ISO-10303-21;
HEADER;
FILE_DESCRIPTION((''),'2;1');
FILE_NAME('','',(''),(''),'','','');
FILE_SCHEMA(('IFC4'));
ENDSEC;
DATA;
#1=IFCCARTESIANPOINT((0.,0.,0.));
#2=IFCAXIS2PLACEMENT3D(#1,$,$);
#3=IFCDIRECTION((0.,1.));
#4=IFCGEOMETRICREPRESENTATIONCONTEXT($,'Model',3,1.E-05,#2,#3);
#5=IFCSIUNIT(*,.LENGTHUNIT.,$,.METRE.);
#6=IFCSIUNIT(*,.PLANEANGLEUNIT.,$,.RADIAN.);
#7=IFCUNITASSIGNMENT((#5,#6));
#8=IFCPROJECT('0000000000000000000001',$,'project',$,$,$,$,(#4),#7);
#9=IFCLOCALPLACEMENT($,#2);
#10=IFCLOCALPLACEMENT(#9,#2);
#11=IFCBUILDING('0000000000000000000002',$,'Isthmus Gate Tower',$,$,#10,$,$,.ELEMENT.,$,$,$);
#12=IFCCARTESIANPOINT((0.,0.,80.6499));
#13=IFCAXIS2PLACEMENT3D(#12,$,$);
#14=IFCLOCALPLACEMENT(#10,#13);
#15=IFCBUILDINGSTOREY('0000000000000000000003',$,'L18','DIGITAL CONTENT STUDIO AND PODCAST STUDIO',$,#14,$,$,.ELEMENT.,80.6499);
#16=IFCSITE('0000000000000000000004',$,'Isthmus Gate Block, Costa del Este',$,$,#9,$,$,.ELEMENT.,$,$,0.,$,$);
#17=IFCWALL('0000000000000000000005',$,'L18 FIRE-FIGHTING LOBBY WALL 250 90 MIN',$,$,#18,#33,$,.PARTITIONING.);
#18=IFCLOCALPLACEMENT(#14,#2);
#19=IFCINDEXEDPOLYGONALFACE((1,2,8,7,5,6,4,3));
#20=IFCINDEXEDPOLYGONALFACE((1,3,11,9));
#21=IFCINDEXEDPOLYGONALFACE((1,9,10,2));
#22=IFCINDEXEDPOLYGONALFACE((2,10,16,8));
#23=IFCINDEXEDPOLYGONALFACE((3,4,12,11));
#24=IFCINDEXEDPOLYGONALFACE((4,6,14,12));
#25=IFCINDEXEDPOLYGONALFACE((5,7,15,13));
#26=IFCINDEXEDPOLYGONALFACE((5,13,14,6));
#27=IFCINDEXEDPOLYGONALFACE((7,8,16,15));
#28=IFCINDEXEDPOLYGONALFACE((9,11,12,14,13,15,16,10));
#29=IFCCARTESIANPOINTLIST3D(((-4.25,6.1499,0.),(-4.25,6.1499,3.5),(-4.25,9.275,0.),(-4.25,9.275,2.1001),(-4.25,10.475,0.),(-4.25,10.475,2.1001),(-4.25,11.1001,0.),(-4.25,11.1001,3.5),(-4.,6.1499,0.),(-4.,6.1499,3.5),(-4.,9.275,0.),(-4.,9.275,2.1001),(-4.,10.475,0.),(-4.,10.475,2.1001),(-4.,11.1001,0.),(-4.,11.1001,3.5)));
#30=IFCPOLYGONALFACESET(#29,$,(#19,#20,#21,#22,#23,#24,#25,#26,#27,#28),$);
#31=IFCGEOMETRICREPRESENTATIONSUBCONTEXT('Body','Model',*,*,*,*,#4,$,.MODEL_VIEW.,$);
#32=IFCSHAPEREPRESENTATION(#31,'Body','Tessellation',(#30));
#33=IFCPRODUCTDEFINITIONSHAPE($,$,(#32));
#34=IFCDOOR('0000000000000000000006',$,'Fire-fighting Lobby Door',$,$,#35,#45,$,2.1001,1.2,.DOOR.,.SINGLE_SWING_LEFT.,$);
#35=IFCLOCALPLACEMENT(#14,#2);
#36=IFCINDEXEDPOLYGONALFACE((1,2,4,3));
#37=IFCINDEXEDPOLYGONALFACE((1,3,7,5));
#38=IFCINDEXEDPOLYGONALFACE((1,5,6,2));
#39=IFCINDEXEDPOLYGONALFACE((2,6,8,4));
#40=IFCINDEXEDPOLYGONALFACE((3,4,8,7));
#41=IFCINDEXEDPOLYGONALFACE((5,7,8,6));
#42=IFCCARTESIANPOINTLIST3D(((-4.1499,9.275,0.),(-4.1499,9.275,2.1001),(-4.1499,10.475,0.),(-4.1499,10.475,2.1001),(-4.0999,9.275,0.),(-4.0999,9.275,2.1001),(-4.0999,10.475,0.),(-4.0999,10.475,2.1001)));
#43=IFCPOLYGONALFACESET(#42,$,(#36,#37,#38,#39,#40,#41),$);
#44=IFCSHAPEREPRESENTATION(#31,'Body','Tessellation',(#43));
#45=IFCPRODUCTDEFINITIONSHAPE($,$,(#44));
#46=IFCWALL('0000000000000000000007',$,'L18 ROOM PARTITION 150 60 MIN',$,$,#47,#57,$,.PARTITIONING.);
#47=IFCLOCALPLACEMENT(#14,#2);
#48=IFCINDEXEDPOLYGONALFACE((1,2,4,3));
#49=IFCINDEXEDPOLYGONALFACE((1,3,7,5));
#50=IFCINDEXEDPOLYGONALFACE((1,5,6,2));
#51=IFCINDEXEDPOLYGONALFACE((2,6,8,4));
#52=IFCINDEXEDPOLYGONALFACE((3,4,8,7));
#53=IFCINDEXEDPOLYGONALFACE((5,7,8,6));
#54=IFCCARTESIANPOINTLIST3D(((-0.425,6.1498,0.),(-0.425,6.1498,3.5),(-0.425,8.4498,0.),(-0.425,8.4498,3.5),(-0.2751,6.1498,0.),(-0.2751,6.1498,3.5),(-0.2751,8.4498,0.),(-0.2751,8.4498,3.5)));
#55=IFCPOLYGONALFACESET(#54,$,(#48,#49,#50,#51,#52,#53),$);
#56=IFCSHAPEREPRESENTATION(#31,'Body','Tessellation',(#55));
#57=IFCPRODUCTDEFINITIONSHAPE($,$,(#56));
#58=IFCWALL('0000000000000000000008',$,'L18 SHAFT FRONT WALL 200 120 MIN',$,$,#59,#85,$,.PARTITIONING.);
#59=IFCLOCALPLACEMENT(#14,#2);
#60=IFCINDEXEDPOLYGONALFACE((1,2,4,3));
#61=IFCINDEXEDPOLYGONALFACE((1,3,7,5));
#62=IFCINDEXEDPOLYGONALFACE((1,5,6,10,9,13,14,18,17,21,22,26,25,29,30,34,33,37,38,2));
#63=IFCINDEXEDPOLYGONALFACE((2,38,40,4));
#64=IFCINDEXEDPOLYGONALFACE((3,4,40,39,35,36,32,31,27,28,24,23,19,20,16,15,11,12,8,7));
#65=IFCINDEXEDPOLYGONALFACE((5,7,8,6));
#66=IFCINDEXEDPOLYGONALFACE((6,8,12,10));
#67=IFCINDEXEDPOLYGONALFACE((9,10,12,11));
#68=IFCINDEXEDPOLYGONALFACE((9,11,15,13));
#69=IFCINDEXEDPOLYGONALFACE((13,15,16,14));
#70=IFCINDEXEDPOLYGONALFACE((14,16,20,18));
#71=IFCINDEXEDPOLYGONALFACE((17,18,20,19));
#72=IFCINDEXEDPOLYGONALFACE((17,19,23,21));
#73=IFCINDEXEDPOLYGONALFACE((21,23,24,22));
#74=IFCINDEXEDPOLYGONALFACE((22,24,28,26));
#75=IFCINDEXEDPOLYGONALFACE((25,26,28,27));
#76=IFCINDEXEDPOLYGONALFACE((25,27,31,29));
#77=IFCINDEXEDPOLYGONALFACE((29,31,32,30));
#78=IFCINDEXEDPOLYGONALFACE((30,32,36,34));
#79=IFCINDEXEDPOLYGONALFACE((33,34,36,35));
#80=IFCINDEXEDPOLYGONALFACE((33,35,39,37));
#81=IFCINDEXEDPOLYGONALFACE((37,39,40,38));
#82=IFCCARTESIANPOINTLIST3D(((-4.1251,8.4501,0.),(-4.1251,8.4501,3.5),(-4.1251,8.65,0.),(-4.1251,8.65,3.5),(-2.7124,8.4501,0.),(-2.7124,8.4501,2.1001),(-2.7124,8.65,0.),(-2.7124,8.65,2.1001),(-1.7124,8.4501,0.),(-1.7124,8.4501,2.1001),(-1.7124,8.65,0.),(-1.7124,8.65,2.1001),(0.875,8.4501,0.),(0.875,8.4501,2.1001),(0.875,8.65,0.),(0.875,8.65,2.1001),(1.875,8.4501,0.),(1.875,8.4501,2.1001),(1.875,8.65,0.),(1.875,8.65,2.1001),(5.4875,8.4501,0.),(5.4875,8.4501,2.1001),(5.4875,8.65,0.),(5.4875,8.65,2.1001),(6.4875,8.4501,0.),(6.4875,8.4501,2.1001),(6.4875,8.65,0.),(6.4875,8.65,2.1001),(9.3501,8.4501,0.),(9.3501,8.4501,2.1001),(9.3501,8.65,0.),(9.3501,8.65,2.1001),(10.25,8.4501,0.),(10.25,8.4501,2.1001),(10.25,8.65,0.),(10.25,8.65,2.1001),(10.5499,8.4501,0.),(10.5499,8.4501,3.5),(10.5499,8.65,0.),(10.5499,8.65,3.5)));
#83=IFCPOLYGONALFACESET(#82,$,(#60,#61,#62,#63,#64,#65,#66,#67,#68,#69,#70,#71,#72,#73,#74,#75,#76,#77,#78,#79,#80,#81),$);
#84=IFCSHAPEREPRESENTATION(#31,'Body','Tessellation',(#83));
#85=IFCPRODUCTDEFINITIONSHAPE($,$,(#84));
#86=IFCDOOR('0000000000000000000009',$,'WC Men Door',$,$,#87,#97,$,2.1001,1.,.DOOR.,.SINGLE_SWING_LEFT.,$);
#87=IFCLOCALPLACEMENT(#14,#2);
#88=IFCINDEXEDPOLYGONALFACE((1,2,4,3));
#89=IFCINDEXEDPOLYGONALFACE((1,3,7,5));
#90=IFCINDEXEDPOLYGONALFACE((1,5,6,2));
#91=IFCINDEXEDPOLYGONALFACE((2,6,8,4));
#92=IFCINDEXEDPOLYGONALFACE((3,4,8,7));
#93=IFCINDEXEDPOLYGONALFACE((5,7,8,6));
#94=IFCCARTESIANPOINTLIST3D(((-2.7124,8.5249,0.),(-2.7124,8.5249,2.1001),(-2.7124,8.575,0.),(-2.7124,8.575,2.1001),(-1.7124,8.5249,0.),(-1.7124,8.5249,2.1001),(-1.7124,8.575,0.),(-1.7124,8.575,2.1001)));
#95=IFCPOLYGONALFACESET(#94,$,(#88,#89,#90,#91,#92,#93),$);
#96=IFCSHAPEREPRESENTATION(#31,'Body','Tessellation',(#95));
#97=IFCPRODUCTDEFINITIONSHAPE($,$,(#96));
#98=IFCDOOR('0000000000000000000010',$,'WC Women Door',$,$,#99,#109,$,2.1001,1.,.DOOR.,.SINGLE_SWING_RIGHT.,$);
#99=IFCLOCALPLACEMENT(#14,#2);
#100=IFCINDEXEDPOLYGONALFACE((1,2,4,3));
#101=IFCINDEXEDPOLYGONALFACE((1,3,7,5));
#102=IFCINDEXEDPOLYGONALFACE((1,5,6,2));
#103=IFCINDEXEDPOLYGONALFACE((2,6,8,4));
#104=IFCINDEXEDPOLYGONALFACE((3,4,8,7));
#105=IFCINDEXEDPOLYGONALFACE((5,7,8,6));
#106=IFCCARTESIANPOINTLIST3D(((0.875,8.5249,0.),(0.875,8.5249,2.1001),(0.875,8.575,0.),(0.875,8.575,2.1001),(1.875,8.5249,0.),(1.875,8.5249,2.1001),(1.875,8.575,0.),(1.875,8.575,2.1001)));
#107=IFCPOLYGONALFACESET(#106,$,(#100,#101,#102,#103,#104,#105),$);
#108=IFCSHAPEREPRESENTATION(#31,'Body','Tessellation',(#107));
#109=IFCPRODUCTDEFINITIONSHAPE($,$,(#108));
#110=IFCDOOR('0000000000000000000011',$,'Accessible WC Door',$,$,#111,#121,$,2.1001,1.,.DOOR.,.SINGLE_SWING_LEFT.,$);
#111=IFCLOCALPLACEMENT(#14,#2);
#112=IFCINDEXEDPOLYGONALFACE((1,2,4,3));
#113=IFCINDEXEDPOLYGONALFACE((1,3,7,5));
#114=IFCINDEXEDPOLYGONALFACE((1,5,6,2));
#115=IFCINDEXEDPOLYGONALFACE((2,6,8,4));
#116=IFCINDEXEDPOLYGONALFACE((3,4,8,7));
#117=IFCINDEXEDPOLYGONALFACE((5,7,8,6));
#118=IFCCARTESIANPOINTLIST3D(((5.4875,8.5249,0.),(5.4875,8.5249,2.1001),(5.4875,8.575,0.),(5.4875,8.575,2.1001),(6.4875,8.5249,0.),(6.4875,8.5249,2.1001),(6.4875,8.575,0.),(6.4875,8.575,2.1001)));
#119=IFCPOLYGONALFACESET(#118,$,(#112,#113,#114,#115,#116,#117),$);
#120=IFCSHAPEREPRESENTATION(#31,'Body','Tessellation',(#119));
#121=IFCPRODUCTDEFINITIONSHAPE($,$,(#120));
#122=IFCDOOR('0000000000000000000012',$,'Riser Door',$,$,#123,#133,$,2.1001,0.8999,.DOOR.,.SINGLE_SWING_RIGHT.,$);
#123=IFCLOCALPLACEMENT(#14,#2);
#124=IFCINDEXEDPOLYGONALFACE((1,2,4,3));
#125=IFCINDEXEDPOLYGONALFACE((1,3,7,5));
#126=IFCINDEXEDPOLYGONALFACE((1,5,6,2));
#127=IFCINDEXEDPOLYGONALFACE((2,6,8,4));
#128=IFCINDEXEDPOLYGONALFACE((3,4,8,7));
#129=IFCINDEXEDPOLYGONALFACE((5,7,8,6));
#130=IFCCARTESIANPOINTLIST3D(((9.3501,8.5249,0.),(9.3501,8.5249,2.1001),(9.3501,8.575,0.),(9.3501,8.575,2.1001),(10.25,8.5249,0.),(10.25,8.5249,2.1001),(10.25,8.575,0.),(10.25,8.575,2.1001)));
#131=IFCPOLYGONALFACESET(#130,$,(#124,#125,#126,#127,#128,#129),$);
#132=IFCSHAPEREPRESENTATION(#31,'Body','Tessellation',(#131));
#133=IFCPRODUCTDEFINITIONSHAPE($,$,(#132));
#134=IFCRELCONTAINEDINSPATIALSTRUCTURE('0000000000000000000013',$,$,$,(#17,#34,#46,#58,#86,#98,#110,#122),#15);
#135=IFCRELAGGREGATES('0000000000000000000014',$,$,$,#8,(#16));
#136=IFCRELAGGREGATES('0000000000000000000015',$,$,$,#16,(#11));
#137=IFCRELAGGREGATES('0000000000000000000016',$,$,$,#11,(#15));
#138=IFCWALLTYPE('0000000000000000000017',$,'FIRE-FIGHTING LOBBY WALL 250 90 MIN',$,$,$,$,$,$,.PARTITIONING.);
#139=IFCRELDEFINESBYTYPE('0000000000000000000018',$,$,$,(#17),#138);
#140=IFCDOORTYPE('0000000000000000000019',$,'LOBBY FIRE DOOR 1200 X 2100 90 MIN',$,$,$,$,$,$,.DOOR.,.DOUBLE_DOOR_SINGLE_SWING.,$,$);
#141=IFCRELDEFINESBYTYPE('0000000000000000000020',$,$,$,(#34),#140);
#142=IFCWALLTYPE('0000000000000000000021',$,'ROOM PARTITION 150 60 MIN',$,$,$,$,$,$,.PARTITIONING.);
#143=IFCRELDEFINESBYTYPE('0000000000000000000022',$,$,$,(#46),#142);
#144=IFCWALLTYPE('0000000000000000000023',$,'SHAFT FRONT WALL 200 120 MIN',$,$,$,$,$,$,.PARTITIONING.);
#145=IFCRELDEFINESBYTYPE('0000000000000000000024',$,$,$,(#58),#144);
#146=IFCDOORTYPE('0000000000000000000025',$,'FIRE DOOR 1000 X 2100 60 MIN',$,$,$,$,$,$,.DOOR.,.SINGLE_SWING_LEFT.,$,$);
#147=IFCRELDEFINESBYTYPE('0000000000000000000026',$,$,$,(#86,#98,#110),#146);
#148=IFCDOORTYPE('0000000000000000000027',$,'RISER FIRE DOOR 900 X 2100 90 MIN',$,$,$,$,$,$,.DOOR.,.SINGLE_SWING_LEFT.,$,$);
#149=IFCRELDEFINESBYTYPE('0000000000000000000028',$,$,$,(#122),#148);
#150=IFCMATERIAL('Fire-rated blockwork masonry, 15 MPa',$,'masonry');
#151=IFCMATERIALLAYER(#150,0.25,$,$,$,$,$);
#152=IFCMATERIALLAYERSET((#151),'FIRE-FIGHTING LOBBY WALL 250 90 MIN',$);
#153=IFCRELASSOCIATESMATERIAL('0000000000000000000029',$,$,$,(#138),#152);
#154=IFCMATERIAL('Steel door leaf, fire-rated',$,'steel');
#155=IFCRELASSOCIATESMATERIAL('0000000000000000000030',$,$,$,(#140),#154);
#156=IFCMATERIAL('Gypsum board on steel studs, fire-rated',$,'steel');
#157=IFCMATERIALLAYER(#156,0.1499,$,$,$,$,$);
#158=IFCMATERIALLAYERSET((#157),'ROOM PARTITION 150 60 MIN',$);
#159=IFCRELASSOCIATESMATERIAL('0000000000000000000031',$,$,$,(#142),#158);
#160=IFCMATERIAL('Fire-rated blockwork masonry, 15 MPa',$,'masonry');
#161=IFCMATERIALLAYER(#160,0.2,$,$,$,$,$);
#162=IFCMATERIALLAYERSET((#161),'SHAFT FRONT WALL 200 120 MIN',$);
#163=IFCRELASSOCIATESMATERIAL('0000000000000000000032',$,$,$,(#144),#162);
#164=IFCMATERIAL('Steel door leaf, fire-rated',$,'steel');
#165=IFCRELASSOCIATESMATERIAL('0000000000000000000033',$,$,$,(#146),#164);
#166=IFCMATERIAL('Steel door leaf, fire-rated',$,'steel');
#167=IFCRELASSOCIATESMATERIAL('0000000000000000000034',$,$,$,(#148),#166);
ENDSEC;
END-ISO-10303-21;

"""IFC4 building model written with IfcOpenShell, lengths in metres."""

from ifc_helpers import new_model, si_unit, direction, frame, frame_2d, origin, place, context, subcontext, project, spatial, rectangle, extrude, material, layer, layer_set, type_object, element, fill, save


model = new_model("IFC4")

# Units and contexts
model_context = context("Model", 3, precision=1e-05, world=origin(), true_north=direction((0.0, 1.0)))
body_context = subcontext(model_context, "Body", "Model", "MODEL_VIEW")
ifc_project = project(units=[si_unit("LENGTHUNIT", "METRE"), si_unit("PLANEANGLEUNIT", "RADIAN")], contexts=[model_context])

# Site, building, storey
site_placement = place(None, origin())
site = spatial("IfcSite", under=ifc_project, at=site_placement, Name="Isthmus Gate Block, Costa del Este", CompositionType="ELEMENT", RefElevation=0.0)
building_placement = place(site_placement, origin())
building = spatial("IfcBuilding", under=site, at=building_placement, Name="Isthmus Gate Tower", CompositionType="ELEMENT")
storey_placement = place(building_placement, frame((0.0, 0.0, 80.6499)))
storey = spatial("IfcBuildingStorey", under=building, at=storey_placement, Name="L18", Description="DIGITAL CONTENT STUDIO AND PODCAST STUDIO", CompositionType="ELEMENT", Elevation=80.6499)

# Wall, opening, door
ifc_material_1 = material(Name="Fire-rated blockwork masonry, 15 MPa", Category="masonry")
ifc_layer_1 = layer(ifc_material_1, 0.25)
ifc_layer_set_1 = layer_set([ifc_layer_1], Name="FIRE-FIGHTING LOBBY WALL 250 90 MIN")
wall_type_1 = type_object("IfcWallType", Name="FIRE-FIGHTING LOBBY WALL 250 90 MIN", PredefinedType="PARTITIONING", material=ifc_layer_set_1)
wall_1_placement = place(storey_placement, frame((-4.125, 6.1499, 0.0), z_axis=(0.0, 0.0, 1.0), x_axis=(0.0, 1.0, 0.0)))
wall_1 = element("IfcWall", 1, at=wall_1_placement, inside=storey, type_object=wall_type_1, Name="L18 FIRE-FIGHTING LOBBY WALL 250 90 MIN", PredefinedType="PARTITIONING", context=body_context, shape_type="SweptSolid", body=[
    extrude(rectangle(XDim=4.9502, YDim=0.25, at=frame_2d((2.4751, 0.0))), origin(), (0.0, 0.0, 1.0), 3.5),
])
opening_1_placement = place(wall_1_placement, frame((3.125, 0.0, 0.0)))
opening_1 = element("IfcOpeningElement", 2, at=opening_1_placement, cuts=wall_1, PredefinedType="OPENING", context=body_context, shape_type="SweptSolid", body=[
    extrude(rectangle(XDim=1.2, YDim=2.1001, at=frame_2d((0.6001, 1.05))), frame((0.0, 0.135, 0.0), z_axis=(0.0, -1.0, 0.0), x_axis=(1.0, 0.0, 0.0)), (0.0, 0.0, 1.0), 0.27),
])
ifc_material_2 = material(Name="Steel door leaf, fire-rated", Category="steel")
door_type_1 = type_object("IfcDoorType", Name="LOBBY FIRE DOOR 1200 X 2100 90 MIN", OperationType="DOUBLE_DOOR_SINGLE_SWING", PredefinedType="DOOR", material=ifc_material_2)
door_1_placement = place(opening_1_placement, origin())
door_1 = element("IfcDoor", 3, at=door_1_placement, inside=storey, type_object=door_type_1, Name="Fire-fighting Lobby Door", OperationType="SINGLE_SWING_LEFT", OverallHeight=2.1001, OverallWidth=1.2, PredefinedType="DOOR", context=body_context, shape_type="SweptSolid", body=[
    extrude(rectangle(XDim=1.2, YDim=2.1001, at=frame_2d((0.6001, 1.05))), frame((0.0, 0.0249, 0.0), z_axis=(0.0, -1.0, 0.0), x_axis=(1.0, 0.0, 0.0)), (0.0, 0.0, 1.0), 0.05),
])
fill(opening_1, door_1)

# Wall
ifc_material_3 = material(Name="Gypsum board on steel studs, fire-rated", Category="steel")
ifc_layer_2 = layer(ifc_material_3, 0.1499)
ifc_layer_set_2 = layer_set([ifc_layer_2], Name="ROOM PARTITION 150 60 MIN")
wall_type_2 = type_object("IfcWallType", Name="ROOM PARTITION 150 60 MIN", PredefinedType="PARTITIONING", material=ifc_layer_set_2)
wall_2_placement = place(storey_placement, frame((-0.3501, 6.1499, 0.0), z_axis=(0.0, 0.0, 1.0), x_axis=(0.0, 1.0, 0.0)))
element("IfcWall", 4, at=wall_2_placement, inside=storey, type_object=wall_type_2, Name="L18 ROOM PARTITION 150 60 MIN", PredefinedType="PARTITIONING", context=body_context, shape_type="SweptSolid", body=[
    extrude(rectangle(XDim=2.3, YDim=0.1499, at=frame_2d((1.1499, 0.0))), origin(), (0.0, 0.0, 1.0), 3.5),
])

# Wall, openings, doors
ifc_material_4 = material(Name="Fire-rated blockwork masonry, 15 MPa", Category="masonry")
ifc_layer_3 = layer(ifc_material_4, 0.2)
ifc_layer_set_3 = layer_set([ifc_layer_3], Name="SHAFT FRONT WALL 200 120 MIN")
wall_type_3 = type_object("IfcWallType", Name="SHAFT FRONT WALL 200 120 MIN", PredefinedType="PARTITIONING", material=ifc_layer_set_3)
wall_3_placement = place(storey_placement, frame((-4.125, 8.55, 0.0), z_axis=(0.0, 0.0, 1.0), x_axis=(1.0, 0.0, 0.0)))
wall_3 = element("IfcWall", 5, at=wall_3_placement, inside=storey, type_object=wall_type_3, Name="L18 SHAFT FRONT WALL 200 120 MIN", PredefinedType="PARTITIONING", context=body_context, shape_type="SweptSolid", body=[
    extrude(rectangle(XDim=14.675, YDim=0.2, at=frame_2d((7.3374, 0.0))), origin(), (0.0, 0.0, 1.0), 3.5),
])
opening_2_placement = place(wall_3_placement, frame((1.4126, 0.0, 0.0)))
opening_2 = element("IfcOpeningElement", 6, at=opening_2_placement, cuts=wall_3, PredefinedType="OPENING", context=body_context, shape_type="SweptSolid", body=[
    extrude(rectangle(XDim=1.0, YDim=2.1001, at=frame_2d((0.5, 1.05))), frame((0.0, 0.1099, 0.0), z_axis=(0.0, -1.0, 0.0), x_axis=(1.0, 0.0, 0.0)), (0.0, 0.0, 1.0), 0.22),
])
opening_3_placement = place(wall_3_placement, frame((5.0, 0.0, 0.0)))
opening_3 = element("IfcOpeningElement", 7, at=opening_3_placement, cuts=wall_3, PredefinedType="OPENING", context=body_context, shape_type="SweptSolid", body=[
    extrude(rectangle(XDim=1.0, YDim=2.1001, at=frame_2d((0.5, 1.05))), frame((0.0, 0.1099, 0.0), z_axis=(0.0, -1.0, 0.0), x_axis=(1.0, 0.0, 0.0)), (0.0, 0.0, 1.0), 0.22),
])
opening_4_placement = place(wall_3_placement, frame((9.6125, 0.0, 0.0)))
opening_4 = element("IfcOpeningElement", 8, at=opening_4_placement, cuts=wall_3, PredefinedType="OPENING", context=body_context, shape_type="SweptSolid", body=[
    extrude(rectangle(XDim=1.0, YDim=2.1001, at=frame_2d((0.5, 1.05))), frame((0.0, 0.1099, 0.0), z_axis=(0.0, -1.0, 0.0), x_axis=(1.0, 0.0, 0.0)), (0.0, 0.0, 1.0), 0.22),
])
opening_5_placement = place(wall_3_placement, frame((13.4751, 0.0, 0.0)))
opening_5 = element("IfcOpeningElement", 9, at=opening_5_placement, cuts=wall_3, PredefinedType="OPENING", context=body_context, shape_type="SweptSolid", body=[
    extrude(rectangle(XDim=0.8999, YDim=2.1001, at=frame_2d((0.45, 1.05))), frame((0.0, 0.1099, 0.0), z_axis=(0.0, -1.0, 0.0), x_axis=(1.0, 0.0, 0.0)), (0.0, 0.0, 1.0), 0.22),
])
ifc_material_5 = material(Name="Steel door leaf, fire-rated", Category="steel")
door_type_2 = type_object("IfcDoorType", Name="FIRE DOOR 1000 X 2100 60 MIN", OperationType="SINGLE_SWING_LEFT", PredefinedType="DOOR", material=ifc_material_5)
door_2_placement = place(opening_2_placement, origin())
door_2 = element("IfcDoor", 10, at=door_2_placement, inside=storey, type_object=door_type_2, Name="WC Men Door", OperationType="SINGLE_SWING_LEFT", OverallHeight=2.1001, OverallWidth=1.0, PredefinedType="DOOR", context=body_context, shape_type="SweptSolid", body=[
    extrude(rectangle(XDim=1.0, YDim=2.1001, at=frame_2d((0.5, 1.05))), frame((0.0, 0.0249, 0.0), z_axis=(0.0, -1.0, 0.0), x_axis=(1.0, 0.0, 0.0)), (0.0, 0.0, 1.0), 0.05),
])
fill(opening_2, door_2)
door_3_placement = place(opening_3_placement, origin())
door_3 = element("IfcDoor", 11, at=door_3_placement, inside=storey, type_object=door_type_2, Name="WC Women Door", OperationType="SINGLE_SWING_RIGHT", OverallHeight=2.1001, OverallWidth=1.0, PredefinedType="DOOR", context=body_context, shape_type="SweptSolid", body=[
    extrude(rectangle(XDim=1.0, YDim=2.1001, at=frame_2d((0.5, 1.05))), frame((0.0, 0.0249, 0.0), z_axis=(0.0, -1.0, 0.0), x_axis=(1.0, 0.0, 0.0)), (0.0, 0.0, 1.0), 0.05),
])
fill(opening_3, door_3)
door_4_placement = place(opening_4_placement, origin())
door_4 = element("IfcDoor", 12, at=door_4_placement, inside=storey, type_object=door_type_2, Name="Accessible WC Door", OperationType="SINGLE_SWING_LEFT", OverallHeight=2.1001, OverallWidth=1.0, PredefinedType="DOOR", context=body_context, shape_type="SweptSolid", body=[
    extrude(rectangle(XDim=1.0, YDim=2.1001, at=frame_2d((0.5, 1.05))), frame((0.0, 0.0249, 0.0), z_axis=(0.0, -1.0, 0.0), x_axis=(1.0, 0.0, 0.0)), (0.0, 0.0, 1.0), 0.05),
])
fill(opening_4, door_4)
ifc_material_6 = material(Name="Steel door leaf, fire-rated", Category="steel")
door_type_3 = type_object("IfcDoorType", Name="RISER FIRE DOOR 900 X 2100 90 MIN", OperationType="SINGLE_SWING_LEFT", PredefinedType="DOOR", material=ifc_material_6)
door_5_placement = place(opening_5_placement, origin())
door_5 = element("IfcDoor", 13, at=door_5_placement, inside=storey, type_object=door_type_3, Name="Riser Door", OperationType="SINGLE_SWING_RIGHT", OverallHeight=2.1001, OverallWidth=0.8999, PredefinedType="DOOR", context=body_context, shape_type="SweptSolid", body=[
    extrude(rectangle(XDim=0.8999, YDim=2.1001, at=frame_2d((0.45, 1.05))), frame((0.0, 0.0249, 0.0), z_axis=(0.0, -1.0, 0.0), x_axis=(1.0, 0.0, 0.0)), (0.0, 0.0, 1.0), 0.05),
])
fill(opening_5, door_5)

save(model, "model.ifc")
